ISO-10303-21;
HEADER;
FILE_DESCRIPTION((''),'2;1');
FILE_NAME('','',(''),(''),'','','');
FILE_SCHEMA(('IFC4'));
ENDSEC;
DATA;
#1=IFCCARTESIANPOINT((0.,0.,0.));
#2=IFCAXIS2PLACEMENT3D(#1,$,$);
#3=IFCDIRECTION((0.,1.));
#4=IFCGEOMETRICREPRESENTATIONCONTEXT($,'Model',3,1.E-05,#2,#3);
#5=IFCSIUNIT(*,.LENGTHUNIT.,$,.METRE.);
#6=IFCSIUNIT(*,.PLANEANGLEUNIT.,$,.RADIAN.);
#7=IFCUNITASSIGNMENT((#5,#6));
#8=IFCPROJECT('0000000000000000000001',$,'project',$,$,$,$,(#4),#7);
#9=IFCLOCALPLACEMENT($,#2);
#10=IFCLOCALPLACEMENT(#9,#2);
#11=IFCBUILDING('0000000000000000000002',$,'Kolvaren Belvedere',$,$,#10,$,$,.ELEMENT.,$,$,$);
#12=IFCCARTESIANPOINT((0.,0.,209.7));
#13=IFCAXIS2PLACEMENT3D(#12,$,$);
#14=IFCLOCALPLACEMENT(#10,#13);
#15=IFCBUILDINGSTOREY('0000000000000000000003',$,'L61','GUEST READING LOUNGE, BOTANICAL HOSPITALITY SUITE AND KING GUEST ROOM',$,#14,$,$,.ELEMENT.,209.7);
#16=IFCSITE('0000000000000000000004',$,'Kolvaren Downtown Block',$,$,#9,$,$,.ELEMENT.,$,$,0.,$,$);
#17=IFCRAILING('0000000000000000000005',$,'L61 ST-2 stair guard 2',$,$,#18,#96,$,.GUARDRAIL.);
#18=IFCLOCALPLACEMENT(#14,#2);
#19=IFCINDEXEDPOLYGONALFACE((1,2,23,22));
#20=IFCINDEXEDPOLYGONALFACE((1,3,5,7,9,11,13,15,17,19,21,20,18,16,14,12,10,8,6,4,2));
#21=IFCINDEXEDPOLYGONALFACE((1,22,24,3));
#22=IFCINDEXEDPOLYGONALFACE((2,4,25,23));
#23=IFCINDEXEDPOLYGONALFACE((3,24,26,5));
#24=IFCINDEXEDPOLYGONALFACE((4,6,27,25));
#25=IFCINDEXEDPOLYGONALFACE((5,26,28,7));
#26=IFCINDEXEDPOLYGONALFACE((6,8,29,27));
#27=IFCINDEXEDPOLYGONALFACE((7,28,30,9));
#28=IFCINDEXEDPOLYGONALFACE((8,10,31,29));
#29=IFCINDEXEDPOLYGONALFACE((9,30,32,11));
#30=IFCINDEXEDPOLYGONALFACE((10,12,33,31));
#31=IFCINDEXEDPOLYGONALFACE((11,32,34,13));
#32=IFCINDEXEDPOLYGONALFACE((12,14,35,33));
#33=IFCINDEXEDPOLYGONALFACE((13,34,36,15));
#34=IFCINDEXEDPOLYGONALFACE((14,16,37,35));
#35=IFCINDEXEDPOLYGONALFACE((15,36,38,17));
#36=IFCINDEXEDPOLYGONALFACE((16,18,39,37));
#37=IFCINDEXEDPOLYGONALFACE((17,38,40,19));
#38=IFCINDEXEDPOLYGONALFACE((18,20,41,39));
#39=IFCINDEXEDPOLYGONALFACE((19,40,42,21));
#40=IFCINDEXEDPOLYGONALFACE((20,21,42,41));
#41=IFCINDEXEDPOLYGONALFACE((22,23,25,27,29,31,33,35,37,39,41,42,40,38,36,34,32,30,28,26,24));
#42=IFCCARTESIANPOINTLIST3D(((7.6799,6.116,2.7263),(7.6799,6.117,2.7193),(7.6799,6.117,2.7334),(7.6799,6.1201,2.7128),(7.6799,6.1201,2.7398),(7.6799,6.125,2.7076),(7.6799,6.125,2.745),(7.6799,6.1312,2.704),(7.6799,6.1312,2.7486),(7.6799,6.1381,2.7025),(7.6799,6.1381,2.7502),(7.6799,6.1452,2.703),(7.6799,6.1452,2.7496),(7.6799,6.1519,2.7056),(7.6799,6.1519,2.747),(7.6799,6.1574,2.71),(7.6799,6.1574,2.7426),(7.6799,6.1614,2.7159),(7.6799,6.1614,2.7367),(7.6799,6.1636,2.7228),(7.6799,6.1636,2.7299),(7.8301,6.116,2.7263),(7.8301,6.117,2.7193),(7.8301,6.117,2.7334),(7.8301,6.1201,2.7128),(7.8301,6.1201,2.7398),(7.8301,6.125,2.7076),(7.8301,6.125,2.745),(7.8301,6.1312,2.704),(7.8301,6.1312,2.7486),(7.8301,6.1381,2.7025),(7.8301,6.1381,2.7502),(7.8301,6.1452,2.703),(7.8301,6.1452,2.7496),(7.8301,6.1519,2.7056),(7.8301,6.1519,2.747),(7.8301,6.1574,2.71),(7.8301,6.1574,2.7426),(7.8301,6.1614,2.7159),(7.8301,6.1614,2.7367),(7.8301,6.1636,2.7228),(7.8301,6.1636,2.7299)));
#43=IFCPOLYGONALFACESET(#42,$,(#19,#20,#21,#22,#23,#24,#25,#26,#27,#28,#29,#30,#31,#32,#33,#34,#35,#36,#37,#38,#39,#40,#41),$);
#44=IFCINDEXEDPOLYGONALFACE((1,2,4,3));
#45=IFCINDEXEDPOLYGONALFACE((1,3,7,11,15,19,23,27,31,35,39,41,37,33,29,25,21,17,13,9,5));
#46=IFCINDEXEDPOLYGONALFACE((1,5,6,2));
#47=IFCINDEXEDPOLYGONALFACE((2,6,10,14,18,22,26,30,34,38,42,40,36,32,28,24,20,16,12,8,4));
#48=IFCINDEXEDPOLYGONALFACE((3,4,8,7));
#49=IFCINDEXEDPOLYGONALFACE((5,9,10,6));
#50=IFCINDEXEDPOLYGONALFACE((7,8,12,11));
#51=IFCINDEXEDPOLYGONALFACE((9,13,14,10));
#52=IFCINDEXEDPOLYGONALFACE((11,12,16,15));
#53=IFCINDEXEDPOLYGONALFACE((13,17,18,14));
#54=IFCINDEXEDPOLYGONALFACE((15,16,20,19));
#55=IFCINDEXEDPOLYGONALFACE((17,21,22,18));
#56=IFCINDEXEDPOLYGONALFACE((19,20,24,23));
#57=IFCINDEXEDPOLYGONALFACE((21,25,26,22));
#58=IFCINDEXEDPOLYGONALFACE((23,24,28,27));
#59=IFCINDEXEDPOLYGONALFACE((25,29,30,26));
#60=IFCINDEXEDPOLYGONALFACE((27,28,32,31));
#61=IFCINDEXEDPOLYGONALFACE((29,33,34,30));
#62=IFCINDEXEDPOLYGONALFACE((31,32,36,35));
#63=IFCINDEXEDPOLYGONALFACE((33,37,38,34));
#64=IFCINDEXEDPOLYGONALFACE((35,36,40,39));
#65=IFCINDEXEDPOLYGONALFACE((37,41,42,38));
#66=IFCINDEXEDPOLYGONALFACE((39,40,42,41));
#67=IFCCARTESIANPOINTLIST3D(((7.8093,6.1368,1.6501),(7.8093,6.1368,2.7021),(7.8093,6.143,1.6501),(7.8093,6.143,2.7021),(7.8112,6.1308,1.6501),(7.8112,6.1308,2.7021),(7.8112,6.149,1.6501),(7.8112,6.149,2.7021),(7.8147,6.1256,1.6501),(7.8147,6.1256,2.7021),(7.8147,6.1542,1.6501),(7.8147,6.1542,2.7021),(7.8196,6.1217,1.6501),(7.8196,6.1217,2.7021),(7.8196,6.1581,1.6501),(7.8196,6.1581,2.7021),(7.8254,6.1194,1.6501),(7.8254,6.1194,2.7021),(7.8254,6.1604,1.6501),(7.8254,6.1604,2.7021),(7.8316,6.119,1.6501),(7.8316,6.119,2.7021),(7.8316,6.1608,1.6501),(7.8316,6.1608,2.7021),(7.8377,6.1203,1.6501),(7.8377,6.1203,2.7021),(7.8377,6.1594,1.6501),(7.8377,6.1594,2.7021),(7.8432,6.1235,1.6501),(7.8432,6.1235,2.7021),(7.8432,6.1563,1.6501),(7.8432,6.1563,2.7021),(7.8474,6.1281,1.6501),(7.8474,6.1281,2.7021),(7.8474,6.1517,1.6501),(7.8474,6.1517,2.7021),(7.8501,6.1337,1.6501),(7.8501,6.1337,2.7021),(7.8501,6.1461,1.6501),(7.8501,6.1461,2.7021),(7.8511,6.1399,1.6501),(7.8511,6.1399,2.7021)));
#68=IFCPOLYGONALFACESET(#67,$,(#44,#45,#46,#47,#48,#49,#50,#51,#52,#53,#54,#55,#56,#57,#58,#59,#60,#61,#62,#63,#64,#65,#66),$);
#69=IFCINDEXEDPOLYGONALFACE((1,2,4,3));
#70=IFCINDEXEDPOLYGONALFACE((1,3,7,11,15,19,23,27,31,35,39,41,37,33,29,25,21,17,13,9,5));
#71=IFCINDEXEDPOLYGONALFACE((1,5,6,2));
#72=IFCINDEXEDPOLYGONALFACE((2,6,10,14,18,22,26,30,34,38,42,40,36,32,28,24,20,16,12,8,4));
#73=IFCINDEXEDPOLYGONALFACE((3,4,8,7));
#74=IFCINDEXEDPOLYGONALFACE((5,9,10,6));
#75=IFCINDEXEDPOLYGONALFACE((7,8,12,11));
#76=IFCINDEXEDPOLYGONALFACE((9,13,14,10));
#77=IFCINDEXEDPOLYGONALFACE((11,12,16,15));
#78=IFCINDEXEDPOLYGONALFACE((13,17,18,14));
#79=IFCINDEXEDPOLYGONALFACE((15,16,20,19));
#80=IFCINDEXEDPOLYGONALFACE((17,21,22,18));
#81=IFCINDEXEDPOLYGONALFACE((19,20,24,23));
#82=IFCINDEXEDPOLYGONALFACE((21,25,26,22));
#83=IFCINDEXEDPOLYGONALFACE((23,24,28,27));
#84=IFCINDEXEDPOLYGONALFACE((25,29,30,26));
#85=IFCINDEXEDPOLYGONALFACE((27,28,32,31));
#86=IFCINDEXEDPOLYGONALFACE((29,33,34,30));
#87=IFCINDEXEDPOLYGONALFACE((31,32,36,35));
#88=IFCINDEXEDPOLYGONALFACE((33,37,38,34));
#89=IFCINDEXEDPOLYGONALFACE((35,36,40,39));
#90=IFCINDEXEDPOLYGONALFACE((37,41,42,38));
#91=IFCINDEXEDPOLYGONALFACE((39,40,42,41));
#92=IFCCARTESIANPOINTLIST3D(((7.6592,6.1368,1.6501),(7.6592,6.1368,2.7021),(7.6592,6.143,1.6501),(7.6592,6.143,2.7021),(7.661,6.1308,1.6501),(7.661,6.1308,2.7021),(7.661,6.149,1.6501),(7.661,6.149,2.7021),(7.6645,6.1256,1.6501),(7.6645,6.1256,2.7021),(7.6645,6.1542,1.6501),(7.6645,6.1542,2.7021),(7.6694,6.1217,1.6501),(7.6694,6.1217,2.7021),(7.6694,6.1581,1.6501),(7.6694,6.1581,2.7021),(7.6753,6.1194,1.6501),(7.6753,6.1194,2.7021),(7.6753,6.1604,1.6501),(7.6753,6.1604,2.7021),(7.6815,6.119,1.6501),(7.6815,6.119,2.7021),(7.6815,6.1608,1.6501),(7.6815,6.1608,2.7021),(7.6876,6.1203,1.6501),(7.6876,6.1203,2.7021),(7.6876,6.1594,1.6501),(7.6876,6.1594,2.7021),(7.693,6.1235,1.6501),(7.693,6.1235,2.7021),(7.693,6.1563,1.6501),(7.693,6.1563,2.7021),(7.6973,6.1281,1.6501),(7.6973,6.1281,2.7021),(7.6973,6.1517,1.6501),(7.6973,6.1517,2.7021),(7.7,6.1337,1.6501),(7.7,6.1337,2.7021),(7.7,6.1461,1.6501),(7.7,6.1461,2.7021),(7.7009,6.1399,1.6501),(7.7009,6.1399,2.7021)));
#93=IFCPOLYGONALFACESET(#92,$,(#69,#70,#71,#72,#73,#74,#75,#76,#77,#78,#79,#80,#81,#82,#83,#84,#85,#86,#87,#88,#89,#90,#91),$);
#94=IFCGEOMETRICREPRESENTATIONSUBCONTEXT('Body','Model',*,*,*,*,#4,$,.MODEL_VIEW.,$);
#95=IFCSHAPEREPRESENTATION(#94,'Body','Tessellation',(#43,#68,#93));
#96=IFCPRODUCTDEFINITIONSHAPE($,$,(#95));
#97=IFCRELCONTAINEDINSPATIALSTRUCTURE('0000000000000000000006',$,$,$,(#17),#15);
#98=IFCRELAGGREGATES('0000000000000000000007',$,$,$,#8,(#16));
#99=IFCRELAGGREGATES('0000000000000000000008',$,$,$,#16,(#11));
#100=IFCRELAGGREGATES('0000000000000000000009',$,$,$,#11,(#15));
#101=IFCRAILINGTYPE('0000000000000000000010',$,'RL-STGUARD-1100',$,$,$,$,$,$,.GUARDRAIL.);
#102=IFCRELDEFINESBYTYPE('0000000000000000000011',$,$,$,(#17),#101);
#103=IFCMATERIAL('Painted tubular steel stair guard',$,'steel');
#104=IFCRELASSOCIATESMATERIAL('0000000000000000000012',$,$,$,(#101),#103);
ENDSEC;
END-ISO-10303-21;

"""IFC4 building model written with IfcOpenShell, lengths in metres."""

from ifc_helpers import new_model, si_unit, direction, frame, origin, origin_2d, place, context, subcontext, project, spatial, circle, extrude, material, type_object, element, save


model = new_model("IFC4")

# Units and contexts
model_context = context("Model", 3, precision=1e-05, world=origin(), true_north=direction((0.0, 1.0)))
body_context = subcontext(model_context, "Body", "Model", "MODEL_VIEW")
ifc_project = project(units=[si_unit("LENGTHUNIT", "METRE"), si_unit("PLANEANGLEUNIT", "RADIAN")], contexts=[model_context])

# Site, building, storey
site_placement = place(None, origin())
site = spatial("IfcSite", under=ifc_project, at=site_placement, Name="Kolvaren Downtown Block", CompositionType="ELEMENT", RefElevation=0.0)
building_placement = place(site_placement, origin())
building = spatial("IfcBuilding", under=site, at=building_placement, Name="Kolvaren Belvedere", CompositionType="ELEMENT")
storey_placement = place(building_placement, frame((0.0, 0.0, 209.7)))
storey = spatial("IfcBuildingStorey", under=building, at=storey_placement, Name="L61", Description="GUEST READING LOUNGE, BOTANICAL HOSPITALITY SUITE AND KING GUEST ROOM", CompositionType="ELEMENT", Elevation=209.7)

# Railing
ifc_material_1 = material(Name="Painted tubular steel stair guard", Category="steel")
railing_type_1 = type_object("IfcRailingType", Name="RL-STGUARD-1100", PredefinedType="GUARDRAIL", material=ifc_material_1)
railing_1_placement = place(storey_placement, frame((7.8301, 6.1399, 1.6501)))
element("IfcRailing", 1, at=railing_1_placement, inside=storey, type_object=railing_type_1, Name="L61 ST-2 stair guard 2", PredefinedType="GUARDRAIL", context=body_context, shape_type="SweptSolid", body=[
    extrude(circle(Radius=0.0239, at=origin_2d()), frame((0.0, 0.0, 1.0762), z_axis=(-1.0, 0.0, 0.0), x_axis=(0.0, -1.0, 0.0)), (0.0, 0.0, 1.0), 0.1501),
    extrude(circle(Radius=0.021, at=origin_2d()), origin(), (0.0, 0.0, 1.0), 1.052),
    extrude(circle(Radius=0.021, at=origin_2d()), frame((-0.1501, 0.0, 0.0)), (0.0, 0.0, 1.0), 1.052),
])

save(model, "model.ifc")
